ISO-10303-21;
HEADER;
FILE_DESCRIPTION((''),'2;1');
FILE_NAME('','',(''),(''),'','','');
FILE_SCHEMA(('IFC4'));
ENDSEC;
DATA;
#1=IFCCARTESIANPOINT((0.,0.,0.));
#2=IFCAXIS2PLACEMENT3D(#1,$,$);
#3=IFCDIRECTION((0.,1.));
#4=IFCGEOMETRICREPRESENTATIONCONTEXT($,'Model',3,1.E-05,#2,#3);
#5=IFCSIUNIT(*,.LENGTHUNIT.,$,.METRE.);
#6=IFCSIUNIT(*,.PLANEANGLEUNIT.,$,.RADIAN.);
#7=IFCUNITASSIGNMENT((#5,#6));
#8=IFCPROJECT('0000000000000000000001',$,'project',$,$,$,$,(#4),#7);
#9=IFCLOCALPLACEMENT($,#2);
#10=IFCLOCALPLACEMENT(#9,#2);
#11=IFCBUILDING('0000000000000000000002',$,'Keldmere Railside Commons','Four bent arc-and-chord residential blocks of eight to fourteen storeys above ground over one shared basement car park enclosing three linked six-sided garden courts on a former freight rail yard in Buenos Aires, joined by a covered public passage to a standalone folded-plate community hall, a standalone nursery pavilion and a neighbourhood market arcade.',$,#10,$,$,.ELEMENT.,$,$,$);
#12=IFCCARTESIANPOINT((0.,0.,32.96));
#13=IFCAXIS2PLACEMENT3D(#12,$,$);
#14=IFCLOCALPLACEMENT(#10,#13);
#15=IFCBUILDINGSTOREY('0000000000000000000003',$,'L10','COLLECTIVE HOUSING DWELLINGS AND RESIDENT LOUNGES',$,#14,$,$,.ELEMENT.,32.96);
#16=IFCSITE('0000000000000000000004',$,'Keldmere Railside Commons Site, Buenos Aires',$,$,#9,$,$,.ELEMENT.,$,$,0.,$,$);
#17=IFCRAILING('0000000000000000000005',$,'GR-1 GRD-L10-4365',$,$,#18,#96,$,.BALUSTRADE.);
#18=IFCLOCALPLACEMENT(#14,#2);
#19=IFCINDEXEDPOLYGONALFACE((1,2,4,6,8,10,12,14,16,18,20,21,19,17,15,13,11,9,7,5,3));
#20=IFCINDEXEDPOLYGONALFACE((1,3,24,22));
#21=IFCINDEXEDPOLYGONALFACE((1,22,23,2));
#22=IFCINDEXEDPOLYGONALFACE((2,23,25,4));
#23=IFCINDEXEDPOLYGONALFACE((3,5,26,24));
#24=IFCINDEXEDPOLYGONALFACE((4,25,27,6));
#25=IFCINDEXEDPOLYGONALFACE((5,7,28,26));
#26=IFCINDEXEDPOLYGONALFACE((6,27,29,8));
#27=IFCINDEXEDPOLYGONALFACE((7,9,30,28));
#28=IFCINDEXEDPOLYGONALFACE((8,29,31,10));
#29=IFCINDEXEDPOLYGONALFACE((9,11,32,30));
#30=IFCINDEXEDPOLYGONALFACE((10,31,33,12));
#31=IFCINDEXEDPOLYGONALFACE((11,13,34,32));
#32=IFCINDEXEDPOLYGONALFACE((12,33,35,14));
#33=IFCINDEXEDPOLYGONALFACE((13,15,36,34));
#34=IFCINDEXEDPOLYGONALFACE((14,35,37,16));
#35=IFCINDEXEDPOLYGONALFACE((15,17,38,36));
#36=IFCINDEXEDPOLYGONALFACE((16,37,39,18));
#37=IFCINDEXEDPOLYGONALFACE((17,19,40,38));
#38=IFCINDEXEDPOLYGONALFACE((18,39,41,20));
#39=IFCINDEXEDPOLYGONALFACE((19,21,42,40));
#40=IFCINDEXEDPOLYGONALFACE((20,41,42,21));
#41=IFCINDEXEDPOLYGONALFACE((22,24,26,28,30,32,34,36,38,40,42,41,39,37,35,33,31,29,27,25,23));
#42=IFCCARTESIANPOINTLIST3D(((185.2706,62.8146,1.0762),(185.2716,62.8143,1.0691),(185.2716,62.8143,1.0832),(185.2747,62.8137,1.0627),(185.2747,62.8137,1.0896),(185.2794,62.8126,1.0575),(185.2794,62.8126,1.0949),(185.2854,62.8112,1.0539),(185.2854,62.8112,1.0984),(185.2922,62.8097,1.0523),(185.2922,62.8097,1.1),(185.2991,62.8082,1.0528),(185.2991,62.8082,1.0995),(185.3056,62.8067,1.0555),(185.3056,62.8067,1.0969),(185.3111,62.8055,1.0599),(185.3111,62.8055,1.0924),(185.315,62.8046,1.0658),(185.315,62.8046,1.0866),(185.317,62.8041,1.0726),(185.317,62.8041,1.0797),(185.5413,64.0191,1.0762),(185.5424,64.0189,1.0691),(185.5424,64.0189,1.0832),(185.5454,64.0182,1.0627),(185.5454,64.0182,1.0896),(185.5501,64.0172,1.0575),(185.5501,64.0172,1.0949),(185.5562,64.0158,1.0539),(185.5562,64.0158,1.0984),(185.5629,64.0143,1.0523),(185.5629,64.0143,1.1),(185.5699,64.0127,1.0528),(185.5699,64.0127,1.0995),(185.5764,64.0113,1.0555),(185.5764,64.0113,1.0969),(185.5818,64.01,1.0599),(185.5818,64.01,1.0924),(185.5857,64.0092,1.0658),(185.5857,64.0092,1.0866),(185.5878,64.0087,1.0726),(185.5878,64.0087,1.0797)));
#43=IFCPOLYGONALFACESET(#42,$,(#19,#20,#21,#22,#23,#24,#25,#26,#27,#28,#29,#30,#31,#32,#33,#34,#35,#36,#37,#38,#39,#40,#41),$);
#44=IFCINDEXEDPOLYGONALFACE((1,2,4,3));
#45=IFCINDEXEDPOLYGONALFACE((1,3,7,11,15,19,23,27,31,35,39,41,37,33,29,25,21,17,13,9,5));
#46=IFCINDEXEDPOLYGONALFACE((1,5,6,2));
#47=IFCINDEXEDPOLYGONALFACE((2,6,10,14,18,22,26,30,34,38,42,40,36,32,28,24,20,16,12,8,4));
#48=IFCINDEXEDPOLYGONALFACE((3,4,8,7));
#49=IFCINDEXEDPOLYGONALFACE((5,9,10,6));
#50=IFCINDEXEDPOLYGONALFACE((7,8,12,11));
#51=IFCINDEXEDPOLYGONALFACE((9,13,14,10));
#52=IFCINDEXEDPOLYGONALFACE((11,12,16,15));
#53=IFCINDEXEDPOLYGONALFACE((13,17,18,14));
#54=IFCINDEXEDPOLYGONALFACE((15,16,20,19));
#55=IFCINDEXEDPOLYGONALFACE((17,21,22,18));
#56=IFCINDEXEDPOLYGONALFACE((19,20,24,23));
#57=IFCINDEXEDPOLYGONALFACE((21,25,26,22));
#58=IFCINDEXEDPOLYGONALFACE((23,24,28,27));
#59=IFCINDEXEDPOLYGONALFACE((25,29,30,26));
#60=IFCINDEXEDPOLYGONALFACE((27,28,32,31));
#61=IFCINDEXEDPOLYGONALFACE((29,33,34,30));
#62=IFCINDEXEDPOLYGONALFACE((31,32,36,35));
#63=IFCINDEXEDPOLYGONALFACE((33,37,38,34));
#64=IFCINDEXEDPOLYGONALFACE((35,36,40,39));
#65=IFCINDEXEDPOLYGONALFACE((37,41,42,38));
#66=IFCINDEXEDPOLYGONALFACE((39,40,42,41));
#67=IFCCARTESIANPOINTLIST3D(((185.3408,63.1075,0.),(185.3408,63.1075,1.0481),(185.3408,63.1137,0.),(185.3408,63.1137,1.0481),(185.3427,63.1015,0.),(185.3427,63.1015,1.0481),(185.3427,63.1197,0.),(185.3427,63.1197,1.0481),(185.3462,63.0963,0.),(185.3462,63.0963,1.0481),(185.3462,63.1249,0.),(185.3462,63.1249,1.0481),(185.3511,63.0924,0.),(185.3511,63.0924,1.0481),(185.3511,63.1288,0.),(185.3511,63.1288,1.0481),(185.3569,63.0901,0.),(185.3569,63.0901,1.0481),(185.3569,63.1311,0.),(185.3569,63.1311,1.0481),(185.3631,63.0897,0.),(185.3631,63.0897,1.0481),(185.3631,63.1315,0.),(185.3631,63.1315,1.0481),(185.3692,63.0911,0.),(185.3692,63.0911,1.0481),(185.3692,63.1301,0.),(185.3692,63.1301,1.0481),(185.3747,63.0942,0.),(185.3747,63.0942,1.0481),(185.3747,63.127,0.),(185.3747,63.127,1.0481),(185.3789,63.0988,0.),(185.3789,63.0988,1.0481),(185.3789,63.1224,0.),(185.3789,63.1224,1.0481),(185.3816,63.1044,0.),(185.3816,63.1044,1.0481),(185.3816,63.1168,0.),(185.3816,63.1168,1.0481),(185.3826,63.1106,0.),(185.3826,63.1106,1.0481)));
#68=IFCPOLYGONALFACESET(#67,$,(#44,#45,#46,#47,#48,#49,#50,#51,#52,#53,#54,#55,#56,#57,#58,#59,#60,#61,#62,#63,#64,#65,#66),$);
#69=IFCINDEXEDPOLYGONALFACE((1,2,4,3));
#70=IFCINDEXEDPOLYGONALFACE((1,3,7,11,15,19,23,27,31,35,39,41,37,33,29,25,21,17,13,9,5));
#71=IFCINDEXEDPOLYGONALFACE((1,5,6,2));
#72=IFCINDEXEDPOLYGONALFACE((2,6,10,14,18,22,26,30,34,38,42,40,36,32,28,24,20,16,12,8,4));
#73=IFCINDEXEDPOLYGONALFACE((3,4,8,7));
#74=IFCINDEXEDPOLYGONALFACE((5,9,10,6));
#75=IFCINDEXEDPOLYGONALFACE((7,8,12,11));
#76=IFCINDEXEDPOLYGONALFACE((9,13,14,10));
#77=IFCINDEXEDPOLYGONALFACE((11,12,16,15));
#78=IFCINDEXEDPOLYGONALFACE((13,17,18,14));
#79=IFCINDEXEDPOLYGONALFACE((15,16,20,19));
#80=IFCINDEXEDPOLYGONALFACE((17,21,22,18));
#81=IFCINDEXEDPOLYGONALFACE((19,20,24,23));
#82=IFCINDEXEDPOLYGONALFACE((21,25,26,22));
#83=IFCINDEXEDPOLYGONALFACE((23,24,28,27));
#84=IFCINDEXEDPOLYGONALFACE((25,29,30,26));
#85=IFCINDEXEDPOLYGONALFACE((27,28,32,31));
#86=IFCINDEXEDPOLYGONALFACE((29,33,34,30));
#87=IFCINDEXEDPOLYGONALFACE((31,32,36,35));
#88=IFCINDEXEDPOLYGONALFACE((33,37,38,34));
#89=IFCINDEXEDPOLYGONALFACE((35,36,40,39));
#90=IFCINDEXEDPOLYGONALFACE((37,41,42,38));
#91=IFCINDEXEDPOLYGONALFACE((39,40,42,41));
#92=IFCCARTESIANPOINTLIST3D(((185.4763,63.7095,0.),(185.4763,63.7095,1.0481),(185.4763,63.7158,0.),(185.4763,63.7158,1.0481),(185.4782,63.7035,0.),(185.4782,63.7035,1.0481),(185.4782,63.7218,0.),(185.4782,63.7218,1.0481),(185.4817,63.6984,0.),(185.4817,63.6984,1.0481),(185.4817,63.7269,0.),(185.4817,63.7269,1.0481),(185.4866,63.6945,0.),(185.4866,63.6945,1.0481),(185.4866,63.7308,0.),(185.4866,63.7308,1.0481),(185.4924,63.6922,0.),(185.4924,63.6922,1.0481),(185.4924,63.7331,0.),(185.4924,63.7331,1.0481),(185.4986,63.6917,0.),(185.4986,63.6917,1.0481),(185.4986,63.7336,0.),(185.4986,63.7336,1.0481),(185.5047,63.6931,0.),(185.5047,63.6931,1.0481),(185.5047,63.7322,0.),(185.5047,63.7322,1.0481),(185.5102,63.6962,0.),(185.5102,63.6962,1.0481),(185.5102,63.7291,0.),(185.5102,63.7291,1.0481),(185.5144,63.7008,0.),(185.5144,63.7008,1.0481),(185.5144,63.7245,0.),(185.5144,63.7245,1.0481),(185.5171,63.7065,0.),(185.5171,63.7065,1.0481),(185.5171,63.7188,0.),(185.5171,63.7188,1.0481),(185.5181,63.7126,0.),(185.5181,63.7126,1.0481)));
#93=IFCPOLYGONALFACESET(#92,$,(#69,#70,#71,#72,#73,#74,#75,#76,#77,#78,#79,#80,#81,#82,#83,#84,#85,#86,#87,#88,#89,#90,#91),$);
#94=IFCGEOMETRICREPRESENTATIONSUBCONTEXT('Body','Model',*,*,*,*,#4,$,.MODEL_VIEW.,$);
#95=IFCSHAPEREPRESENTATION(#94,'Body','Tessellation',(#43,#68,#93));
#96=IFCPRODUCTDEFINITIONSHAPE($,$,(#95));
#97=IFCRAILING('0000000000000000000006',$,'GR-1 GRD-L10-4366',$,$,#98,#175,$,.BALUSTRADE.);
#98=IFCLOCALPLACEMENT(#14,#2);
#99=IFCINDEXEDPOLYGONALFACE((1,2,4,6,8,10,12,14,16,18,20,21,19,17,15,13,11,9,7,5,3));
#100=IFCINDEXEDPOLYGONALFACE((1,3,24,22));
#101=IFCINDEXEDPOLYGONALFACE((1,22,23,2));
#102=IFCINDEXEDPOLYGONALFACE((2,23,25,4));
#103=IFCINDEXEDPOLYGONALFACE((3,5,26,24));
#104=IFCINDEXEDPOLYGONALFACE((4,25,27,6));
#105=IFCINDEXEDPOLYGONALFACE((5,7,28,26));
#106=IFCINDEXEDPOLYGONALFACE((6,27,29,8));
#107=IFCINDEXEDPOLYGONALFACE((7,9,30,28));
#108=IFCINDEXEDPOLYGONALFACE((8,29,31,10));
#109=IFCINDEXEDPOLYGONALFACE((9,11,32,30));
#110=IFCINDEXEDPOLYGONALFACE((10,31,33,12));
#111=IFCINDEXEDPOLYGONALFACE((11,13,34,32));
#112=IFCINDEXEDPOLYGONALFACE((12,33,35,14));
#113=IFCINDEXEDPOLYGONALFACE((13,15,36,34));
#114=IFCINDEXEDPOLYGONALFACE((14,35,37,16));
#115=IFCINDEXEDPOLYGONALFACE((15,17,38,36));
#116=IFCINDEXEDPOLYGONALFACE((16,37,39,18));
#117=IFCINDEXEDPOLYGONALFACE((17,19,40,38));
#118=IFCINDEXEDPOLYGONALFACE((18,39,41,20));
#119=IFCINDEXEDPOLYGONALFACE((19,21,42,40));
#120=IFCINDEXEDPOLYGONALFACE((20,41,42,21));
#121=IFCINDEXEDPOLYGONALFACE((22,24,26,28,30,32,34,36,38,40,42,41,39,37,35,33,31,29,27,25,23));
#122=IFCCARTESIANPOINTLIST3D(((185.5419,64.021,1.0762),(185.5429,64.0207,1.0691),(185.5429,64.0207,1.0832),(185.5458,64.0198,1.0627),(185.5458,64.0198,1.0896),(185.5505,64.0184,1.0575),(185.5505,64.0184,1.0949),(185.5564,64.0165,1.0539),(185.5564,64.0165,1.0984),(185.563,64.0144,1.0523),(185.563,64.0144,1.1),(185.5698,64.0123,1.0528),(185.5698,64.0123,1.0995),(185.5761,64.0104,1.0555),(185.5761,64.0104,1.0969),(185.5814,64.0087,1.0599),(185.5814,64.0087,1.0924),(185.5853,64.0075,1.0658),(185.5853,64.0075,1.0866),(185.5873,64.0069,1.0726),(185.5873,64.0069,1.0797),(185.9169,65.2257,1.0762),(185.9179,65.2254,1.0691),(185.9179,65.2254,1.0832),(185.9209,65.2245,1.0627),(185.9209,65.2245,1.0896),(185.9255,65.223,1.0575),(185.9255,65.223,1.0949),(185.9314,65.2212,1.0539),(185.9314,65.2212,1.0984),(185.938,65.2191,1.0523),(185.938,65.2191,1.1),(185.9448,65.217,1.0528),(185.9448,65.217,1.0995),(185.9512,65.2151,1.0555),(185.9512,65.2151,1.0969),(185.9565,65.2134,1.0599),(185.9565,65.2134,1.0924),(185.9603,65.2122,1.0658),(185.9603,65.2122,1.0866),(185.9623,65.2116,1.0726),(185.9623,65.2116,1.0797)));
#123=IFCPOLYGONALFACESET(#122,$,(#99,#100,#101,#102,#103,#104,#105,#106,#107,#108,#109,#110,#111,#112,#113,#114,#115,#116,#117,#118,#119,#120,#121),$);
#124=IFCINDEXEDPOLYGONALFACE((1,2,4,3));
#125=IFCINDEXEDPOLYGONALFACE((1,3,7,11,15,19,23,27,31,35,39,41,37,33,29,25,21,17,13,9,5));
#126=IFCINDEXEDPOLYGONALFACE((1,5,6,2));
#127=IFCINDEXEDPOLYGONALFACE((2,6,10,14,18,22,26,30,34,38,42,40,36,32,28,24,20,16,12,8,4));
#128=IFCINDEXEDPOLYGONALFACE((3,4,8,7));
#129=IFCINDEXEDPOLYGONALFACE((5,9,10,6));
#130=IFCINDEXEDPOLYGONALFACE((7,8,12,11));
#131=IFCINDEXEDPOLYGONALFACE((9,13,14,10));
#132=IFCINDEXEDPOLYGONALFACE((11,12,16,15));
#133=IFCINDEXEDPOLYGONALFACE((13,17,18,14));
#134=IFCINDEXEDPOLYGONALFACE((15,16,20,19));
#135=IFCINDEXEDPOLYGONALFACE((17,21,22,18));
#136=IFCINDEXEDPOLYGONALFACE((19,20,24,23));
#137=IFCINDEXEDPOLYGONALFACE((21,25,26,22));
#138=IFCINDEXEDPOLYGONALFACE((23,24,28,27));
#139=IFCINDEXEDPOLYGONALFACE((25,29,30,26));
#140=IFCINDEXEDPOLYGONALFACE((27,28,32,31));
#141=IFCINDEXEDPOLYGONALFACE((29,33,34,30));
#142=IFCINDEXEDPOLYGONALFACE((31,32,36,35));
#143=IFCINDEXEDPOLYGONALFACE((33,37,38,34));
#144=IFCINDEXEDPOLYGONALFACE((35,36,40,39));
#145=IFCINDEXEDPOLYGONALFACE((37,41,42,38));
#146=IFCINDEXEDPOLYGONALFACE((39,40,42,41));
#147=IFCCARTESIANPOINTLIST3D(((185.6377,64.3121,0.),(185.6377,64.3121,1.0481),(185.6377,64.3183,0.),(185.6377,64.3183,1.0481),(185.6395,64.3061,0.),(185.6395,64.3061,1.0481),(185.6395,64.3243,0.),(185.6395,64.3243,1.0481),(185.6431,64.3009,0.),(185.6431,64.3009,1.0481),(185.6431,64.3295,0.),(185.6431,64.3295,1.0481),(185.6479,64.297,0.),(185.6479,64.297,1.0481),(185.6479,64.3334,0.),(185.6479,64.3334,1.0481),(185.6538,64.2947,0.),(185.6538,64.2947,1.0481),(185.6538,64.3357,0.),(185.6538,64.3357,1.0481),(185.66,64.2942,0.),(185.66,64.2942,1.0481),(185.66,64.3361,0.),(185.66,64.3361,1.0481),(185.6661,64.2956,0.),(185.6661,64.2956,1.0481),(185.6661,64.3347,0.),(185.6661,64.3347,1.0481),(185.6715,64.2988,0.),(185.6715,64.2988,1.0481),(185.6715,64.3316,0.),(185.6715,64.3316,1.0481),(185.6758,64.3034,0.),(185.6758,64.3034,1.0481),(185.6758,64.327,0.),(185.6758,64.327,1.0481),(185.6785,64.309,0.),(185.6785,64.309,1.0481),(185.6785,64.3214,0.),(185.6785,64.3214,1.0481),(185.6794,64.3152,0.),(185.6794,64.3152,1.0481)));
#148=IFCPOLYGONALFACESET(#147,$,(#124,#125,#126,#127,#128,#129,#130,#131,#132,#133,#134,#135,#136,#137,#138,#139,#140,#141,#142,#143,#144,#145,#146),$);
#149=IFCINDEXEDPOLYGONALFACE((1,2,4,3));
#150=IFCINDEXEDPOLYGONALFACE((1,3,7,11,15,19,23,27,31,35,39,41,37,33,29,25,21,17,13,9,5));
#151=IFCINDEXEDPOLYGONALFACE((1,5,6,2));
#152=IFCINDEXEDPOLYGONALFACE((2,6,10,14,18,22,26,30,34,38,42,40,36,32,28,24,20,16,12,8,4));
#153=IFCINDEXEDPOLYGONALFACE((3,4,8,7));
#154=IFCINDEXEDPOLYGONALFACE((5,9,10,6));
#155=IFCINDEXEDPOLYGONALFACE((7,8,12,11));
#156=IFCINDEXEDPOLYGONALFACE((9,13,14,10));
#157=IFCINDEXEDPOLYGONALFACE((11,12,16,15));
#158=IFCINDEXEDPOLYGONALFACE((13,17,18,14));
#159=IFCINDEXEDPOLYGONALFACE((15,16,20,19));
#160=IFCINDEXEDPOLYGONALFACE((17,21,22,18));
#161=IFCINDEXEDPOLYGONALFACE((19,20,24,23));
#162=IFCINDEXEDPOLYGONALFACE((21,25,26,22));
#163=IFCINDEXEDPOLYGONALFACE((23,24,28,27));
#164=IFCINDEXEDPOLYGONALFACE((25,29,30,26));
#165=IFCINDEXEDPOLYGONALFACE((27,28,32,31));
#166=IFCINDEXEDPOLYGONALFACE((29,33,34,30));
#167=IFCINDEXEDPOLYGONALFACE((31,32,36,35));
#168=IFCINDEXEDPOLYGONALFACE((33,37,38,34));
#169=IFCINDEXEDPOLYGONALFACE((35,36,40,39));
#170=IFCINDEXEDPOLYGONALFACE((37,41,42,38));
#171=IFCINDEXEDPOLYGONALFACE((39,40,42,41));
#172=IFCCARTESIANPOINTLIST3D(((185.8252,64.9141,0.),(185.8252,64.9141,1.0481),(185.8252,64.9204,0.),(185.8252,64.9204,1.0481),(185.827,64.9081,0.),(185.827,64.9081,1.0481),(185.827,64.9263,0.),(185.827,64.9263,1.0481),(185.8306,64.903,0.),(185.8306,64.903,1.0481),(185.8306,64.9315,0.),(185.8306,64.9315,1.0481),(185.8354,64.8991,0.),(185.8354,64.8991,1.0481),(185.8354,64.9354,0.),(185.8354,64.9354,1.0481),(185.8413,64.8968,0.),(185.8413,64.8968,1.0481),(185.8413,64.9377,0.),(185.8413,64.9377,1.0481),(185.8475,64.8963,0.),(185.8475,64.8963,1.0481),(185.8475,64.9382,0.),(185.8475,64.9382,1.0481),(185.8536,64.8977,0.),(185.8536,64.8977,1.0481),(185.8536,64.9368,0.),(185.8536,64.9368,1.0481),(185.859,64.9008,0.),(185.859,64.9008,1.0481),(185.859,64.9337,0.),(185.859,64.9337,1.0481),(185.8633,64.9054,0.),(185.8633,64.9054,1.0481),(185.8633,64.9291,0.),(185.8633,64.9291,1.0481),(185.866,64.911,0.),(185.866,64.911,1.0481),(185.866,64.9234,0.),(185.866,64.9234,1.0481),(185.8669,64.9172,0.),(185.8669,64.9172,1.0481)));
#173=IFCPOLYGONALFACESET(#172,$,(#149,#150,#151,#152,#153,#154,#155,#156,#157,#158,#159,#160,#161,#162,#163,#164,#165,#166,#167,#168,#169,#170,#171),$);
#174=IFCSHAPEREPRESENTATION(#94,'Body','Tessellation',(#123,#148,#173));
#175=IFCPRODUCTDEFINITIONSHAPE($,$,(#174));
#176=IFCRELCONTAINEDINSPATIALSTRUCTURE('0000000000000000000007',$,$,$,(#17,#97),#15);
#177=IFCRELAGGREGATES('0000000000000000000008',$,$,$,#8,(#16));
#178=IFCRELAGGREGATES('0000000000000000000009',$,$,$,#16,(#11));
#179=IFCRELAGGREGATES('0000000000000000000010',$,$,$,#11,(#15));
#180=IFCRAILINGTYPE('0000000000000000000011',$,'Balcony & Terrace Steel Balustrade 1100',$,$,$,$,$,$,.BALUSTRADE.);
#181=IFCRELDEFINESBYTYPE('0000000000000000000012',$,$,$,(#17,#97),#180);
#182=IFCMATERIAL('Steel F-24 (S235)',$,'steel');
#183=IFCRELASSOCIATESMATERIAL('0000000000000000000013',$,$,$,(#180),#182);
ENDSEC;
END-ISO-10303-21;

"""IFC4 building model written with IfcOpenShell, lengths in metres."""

from ifc_helpers import new_model, si_unit, direction, frame, origin, origin_2d, place, context, subcontext, project, spatial, circle, extrude, material, type_object, element, save


model = new_model("IFC4")

# Units and contexts
model_context = context("Model", 3, precision=1e-05, world=origin(), true_north=direction((0.0, 1.0)))
body_context = subcontext(model_context, "Body", "Model", "MODEL_VIEW")
ifc_project = project(units=[si_unit("LENGTHUNIT", "METRE"), si_unit("PLANEANGLEUNIT", "RADIAN")], contexts=[model_context])

# Site, building, storey
site_placement = place(None, origin())
site = spatial("IfcSite", under=ifc_project, at=site_placement, Name="Keldmere Railside Commons Site, Buenos Aires", CompositionType="ELEMENT", RefElevation=0.0)
building_placement = place(site_placement, origin())
building = spatial("IfcBuilding", under=site, at=building_placement, Name="Keldmere Railside Commons", Description="Four bent arc-and-chord residential blocks of eight to fourteen storeys above ground over one shared basement car park enclosing three linked six-sided garden courts on a former freight rail yard in Buenos Aires, joined by a covered public passage to a standalone folded-plate community hall, a standalone nursery pavilion and a neighbourhood market arcade.", CompositionType="ELEMENT")
storey_placement = place(building_placement, frame((0.0, 0.0, 32.96)))
storey = spatial("IfcBuildingStorey", under=building, at=storey_placement, Name="L10", Description="COLLECTIVE HOUSING DWELLINGS AND RESIDENT LOUNGES", CompositionType="ELEMENT", Elevation=32.96)

# Railings
ifc_material_1 = material(Name="Steel F-24 (S235)", Category="steel")
railing_type_1 = type_object("IfcRailingType", Name="Balcony & Terrace Steel Balustrade 1100", PredefinedType="BALUSTRADE", material=ifc_material_1)
railing_1_placement = place(storey_placement, frame((185.2939, 62.8093, 0.0)))
element("IfcRailing", 1, at=railing_1_placement, inside=storey, type_object=railing_type_1, Name="GR-1 GRD-L10-4365", PredefinedType="BALUSTRADE", context=body_context, shape_type="SweptSolid", body=[
    extrude(circle(Radius=0.0239, at=origin_2d()), frame((0.0, 0.0, 1.0762), z_axis=(0.219296, 0.975658, 0.0), x_axis=(-0.975658, 0.219296, 0.0)), (0.0, 0.0, 1.0), 1.2346),
    extrude(circle(Radius=0.021, at=origin_2d()), frame((0.0676, 0.3013, 0.0)), (0.0, 0.0, 1.0), 1.0481),
    extrude(circle(Radius=0.021, at=origin_2d()), frame((0.2031, 0.9033, 0.0)), (0.0, 0.0, 1.0), 1.0481),
])
railing_2_placement = place(storey_placement, frame((185.5647, 64.0139, 0.0)))
element("IfcRailing", 2, at=railing_2_placement, inside=storey, type_object=railing_type_1, Name="GR-1 GRD-L10-4366", PredefinedType="BALUSTRADE", context=body_context, shape_type="SweptSolid", body=[
    extrude(circle(Radius=0.0239, at=origin_2d()), frame((0.0, 0.0, 1.0762), z_axis=(0.297239, 0.954803, 0.0), x_axis=(-0.954803, 0.297239, 0.0)), (0.0, 0.0, 1.0), 1.2617),
    extrude(circle(Radius=0.021, at=origin_2d()), frame((0.0938, 0.3013, 0.0)), (0.0, 0.0, 1.0), 1.0481),
    extrude(circle(Radius=0.021, at=origin_2d()), frame((0.2812, 0.9033, 0.0)), (0.0, 0.0, 1.0), 1.0481),
])

save(model, "model.ifc")
